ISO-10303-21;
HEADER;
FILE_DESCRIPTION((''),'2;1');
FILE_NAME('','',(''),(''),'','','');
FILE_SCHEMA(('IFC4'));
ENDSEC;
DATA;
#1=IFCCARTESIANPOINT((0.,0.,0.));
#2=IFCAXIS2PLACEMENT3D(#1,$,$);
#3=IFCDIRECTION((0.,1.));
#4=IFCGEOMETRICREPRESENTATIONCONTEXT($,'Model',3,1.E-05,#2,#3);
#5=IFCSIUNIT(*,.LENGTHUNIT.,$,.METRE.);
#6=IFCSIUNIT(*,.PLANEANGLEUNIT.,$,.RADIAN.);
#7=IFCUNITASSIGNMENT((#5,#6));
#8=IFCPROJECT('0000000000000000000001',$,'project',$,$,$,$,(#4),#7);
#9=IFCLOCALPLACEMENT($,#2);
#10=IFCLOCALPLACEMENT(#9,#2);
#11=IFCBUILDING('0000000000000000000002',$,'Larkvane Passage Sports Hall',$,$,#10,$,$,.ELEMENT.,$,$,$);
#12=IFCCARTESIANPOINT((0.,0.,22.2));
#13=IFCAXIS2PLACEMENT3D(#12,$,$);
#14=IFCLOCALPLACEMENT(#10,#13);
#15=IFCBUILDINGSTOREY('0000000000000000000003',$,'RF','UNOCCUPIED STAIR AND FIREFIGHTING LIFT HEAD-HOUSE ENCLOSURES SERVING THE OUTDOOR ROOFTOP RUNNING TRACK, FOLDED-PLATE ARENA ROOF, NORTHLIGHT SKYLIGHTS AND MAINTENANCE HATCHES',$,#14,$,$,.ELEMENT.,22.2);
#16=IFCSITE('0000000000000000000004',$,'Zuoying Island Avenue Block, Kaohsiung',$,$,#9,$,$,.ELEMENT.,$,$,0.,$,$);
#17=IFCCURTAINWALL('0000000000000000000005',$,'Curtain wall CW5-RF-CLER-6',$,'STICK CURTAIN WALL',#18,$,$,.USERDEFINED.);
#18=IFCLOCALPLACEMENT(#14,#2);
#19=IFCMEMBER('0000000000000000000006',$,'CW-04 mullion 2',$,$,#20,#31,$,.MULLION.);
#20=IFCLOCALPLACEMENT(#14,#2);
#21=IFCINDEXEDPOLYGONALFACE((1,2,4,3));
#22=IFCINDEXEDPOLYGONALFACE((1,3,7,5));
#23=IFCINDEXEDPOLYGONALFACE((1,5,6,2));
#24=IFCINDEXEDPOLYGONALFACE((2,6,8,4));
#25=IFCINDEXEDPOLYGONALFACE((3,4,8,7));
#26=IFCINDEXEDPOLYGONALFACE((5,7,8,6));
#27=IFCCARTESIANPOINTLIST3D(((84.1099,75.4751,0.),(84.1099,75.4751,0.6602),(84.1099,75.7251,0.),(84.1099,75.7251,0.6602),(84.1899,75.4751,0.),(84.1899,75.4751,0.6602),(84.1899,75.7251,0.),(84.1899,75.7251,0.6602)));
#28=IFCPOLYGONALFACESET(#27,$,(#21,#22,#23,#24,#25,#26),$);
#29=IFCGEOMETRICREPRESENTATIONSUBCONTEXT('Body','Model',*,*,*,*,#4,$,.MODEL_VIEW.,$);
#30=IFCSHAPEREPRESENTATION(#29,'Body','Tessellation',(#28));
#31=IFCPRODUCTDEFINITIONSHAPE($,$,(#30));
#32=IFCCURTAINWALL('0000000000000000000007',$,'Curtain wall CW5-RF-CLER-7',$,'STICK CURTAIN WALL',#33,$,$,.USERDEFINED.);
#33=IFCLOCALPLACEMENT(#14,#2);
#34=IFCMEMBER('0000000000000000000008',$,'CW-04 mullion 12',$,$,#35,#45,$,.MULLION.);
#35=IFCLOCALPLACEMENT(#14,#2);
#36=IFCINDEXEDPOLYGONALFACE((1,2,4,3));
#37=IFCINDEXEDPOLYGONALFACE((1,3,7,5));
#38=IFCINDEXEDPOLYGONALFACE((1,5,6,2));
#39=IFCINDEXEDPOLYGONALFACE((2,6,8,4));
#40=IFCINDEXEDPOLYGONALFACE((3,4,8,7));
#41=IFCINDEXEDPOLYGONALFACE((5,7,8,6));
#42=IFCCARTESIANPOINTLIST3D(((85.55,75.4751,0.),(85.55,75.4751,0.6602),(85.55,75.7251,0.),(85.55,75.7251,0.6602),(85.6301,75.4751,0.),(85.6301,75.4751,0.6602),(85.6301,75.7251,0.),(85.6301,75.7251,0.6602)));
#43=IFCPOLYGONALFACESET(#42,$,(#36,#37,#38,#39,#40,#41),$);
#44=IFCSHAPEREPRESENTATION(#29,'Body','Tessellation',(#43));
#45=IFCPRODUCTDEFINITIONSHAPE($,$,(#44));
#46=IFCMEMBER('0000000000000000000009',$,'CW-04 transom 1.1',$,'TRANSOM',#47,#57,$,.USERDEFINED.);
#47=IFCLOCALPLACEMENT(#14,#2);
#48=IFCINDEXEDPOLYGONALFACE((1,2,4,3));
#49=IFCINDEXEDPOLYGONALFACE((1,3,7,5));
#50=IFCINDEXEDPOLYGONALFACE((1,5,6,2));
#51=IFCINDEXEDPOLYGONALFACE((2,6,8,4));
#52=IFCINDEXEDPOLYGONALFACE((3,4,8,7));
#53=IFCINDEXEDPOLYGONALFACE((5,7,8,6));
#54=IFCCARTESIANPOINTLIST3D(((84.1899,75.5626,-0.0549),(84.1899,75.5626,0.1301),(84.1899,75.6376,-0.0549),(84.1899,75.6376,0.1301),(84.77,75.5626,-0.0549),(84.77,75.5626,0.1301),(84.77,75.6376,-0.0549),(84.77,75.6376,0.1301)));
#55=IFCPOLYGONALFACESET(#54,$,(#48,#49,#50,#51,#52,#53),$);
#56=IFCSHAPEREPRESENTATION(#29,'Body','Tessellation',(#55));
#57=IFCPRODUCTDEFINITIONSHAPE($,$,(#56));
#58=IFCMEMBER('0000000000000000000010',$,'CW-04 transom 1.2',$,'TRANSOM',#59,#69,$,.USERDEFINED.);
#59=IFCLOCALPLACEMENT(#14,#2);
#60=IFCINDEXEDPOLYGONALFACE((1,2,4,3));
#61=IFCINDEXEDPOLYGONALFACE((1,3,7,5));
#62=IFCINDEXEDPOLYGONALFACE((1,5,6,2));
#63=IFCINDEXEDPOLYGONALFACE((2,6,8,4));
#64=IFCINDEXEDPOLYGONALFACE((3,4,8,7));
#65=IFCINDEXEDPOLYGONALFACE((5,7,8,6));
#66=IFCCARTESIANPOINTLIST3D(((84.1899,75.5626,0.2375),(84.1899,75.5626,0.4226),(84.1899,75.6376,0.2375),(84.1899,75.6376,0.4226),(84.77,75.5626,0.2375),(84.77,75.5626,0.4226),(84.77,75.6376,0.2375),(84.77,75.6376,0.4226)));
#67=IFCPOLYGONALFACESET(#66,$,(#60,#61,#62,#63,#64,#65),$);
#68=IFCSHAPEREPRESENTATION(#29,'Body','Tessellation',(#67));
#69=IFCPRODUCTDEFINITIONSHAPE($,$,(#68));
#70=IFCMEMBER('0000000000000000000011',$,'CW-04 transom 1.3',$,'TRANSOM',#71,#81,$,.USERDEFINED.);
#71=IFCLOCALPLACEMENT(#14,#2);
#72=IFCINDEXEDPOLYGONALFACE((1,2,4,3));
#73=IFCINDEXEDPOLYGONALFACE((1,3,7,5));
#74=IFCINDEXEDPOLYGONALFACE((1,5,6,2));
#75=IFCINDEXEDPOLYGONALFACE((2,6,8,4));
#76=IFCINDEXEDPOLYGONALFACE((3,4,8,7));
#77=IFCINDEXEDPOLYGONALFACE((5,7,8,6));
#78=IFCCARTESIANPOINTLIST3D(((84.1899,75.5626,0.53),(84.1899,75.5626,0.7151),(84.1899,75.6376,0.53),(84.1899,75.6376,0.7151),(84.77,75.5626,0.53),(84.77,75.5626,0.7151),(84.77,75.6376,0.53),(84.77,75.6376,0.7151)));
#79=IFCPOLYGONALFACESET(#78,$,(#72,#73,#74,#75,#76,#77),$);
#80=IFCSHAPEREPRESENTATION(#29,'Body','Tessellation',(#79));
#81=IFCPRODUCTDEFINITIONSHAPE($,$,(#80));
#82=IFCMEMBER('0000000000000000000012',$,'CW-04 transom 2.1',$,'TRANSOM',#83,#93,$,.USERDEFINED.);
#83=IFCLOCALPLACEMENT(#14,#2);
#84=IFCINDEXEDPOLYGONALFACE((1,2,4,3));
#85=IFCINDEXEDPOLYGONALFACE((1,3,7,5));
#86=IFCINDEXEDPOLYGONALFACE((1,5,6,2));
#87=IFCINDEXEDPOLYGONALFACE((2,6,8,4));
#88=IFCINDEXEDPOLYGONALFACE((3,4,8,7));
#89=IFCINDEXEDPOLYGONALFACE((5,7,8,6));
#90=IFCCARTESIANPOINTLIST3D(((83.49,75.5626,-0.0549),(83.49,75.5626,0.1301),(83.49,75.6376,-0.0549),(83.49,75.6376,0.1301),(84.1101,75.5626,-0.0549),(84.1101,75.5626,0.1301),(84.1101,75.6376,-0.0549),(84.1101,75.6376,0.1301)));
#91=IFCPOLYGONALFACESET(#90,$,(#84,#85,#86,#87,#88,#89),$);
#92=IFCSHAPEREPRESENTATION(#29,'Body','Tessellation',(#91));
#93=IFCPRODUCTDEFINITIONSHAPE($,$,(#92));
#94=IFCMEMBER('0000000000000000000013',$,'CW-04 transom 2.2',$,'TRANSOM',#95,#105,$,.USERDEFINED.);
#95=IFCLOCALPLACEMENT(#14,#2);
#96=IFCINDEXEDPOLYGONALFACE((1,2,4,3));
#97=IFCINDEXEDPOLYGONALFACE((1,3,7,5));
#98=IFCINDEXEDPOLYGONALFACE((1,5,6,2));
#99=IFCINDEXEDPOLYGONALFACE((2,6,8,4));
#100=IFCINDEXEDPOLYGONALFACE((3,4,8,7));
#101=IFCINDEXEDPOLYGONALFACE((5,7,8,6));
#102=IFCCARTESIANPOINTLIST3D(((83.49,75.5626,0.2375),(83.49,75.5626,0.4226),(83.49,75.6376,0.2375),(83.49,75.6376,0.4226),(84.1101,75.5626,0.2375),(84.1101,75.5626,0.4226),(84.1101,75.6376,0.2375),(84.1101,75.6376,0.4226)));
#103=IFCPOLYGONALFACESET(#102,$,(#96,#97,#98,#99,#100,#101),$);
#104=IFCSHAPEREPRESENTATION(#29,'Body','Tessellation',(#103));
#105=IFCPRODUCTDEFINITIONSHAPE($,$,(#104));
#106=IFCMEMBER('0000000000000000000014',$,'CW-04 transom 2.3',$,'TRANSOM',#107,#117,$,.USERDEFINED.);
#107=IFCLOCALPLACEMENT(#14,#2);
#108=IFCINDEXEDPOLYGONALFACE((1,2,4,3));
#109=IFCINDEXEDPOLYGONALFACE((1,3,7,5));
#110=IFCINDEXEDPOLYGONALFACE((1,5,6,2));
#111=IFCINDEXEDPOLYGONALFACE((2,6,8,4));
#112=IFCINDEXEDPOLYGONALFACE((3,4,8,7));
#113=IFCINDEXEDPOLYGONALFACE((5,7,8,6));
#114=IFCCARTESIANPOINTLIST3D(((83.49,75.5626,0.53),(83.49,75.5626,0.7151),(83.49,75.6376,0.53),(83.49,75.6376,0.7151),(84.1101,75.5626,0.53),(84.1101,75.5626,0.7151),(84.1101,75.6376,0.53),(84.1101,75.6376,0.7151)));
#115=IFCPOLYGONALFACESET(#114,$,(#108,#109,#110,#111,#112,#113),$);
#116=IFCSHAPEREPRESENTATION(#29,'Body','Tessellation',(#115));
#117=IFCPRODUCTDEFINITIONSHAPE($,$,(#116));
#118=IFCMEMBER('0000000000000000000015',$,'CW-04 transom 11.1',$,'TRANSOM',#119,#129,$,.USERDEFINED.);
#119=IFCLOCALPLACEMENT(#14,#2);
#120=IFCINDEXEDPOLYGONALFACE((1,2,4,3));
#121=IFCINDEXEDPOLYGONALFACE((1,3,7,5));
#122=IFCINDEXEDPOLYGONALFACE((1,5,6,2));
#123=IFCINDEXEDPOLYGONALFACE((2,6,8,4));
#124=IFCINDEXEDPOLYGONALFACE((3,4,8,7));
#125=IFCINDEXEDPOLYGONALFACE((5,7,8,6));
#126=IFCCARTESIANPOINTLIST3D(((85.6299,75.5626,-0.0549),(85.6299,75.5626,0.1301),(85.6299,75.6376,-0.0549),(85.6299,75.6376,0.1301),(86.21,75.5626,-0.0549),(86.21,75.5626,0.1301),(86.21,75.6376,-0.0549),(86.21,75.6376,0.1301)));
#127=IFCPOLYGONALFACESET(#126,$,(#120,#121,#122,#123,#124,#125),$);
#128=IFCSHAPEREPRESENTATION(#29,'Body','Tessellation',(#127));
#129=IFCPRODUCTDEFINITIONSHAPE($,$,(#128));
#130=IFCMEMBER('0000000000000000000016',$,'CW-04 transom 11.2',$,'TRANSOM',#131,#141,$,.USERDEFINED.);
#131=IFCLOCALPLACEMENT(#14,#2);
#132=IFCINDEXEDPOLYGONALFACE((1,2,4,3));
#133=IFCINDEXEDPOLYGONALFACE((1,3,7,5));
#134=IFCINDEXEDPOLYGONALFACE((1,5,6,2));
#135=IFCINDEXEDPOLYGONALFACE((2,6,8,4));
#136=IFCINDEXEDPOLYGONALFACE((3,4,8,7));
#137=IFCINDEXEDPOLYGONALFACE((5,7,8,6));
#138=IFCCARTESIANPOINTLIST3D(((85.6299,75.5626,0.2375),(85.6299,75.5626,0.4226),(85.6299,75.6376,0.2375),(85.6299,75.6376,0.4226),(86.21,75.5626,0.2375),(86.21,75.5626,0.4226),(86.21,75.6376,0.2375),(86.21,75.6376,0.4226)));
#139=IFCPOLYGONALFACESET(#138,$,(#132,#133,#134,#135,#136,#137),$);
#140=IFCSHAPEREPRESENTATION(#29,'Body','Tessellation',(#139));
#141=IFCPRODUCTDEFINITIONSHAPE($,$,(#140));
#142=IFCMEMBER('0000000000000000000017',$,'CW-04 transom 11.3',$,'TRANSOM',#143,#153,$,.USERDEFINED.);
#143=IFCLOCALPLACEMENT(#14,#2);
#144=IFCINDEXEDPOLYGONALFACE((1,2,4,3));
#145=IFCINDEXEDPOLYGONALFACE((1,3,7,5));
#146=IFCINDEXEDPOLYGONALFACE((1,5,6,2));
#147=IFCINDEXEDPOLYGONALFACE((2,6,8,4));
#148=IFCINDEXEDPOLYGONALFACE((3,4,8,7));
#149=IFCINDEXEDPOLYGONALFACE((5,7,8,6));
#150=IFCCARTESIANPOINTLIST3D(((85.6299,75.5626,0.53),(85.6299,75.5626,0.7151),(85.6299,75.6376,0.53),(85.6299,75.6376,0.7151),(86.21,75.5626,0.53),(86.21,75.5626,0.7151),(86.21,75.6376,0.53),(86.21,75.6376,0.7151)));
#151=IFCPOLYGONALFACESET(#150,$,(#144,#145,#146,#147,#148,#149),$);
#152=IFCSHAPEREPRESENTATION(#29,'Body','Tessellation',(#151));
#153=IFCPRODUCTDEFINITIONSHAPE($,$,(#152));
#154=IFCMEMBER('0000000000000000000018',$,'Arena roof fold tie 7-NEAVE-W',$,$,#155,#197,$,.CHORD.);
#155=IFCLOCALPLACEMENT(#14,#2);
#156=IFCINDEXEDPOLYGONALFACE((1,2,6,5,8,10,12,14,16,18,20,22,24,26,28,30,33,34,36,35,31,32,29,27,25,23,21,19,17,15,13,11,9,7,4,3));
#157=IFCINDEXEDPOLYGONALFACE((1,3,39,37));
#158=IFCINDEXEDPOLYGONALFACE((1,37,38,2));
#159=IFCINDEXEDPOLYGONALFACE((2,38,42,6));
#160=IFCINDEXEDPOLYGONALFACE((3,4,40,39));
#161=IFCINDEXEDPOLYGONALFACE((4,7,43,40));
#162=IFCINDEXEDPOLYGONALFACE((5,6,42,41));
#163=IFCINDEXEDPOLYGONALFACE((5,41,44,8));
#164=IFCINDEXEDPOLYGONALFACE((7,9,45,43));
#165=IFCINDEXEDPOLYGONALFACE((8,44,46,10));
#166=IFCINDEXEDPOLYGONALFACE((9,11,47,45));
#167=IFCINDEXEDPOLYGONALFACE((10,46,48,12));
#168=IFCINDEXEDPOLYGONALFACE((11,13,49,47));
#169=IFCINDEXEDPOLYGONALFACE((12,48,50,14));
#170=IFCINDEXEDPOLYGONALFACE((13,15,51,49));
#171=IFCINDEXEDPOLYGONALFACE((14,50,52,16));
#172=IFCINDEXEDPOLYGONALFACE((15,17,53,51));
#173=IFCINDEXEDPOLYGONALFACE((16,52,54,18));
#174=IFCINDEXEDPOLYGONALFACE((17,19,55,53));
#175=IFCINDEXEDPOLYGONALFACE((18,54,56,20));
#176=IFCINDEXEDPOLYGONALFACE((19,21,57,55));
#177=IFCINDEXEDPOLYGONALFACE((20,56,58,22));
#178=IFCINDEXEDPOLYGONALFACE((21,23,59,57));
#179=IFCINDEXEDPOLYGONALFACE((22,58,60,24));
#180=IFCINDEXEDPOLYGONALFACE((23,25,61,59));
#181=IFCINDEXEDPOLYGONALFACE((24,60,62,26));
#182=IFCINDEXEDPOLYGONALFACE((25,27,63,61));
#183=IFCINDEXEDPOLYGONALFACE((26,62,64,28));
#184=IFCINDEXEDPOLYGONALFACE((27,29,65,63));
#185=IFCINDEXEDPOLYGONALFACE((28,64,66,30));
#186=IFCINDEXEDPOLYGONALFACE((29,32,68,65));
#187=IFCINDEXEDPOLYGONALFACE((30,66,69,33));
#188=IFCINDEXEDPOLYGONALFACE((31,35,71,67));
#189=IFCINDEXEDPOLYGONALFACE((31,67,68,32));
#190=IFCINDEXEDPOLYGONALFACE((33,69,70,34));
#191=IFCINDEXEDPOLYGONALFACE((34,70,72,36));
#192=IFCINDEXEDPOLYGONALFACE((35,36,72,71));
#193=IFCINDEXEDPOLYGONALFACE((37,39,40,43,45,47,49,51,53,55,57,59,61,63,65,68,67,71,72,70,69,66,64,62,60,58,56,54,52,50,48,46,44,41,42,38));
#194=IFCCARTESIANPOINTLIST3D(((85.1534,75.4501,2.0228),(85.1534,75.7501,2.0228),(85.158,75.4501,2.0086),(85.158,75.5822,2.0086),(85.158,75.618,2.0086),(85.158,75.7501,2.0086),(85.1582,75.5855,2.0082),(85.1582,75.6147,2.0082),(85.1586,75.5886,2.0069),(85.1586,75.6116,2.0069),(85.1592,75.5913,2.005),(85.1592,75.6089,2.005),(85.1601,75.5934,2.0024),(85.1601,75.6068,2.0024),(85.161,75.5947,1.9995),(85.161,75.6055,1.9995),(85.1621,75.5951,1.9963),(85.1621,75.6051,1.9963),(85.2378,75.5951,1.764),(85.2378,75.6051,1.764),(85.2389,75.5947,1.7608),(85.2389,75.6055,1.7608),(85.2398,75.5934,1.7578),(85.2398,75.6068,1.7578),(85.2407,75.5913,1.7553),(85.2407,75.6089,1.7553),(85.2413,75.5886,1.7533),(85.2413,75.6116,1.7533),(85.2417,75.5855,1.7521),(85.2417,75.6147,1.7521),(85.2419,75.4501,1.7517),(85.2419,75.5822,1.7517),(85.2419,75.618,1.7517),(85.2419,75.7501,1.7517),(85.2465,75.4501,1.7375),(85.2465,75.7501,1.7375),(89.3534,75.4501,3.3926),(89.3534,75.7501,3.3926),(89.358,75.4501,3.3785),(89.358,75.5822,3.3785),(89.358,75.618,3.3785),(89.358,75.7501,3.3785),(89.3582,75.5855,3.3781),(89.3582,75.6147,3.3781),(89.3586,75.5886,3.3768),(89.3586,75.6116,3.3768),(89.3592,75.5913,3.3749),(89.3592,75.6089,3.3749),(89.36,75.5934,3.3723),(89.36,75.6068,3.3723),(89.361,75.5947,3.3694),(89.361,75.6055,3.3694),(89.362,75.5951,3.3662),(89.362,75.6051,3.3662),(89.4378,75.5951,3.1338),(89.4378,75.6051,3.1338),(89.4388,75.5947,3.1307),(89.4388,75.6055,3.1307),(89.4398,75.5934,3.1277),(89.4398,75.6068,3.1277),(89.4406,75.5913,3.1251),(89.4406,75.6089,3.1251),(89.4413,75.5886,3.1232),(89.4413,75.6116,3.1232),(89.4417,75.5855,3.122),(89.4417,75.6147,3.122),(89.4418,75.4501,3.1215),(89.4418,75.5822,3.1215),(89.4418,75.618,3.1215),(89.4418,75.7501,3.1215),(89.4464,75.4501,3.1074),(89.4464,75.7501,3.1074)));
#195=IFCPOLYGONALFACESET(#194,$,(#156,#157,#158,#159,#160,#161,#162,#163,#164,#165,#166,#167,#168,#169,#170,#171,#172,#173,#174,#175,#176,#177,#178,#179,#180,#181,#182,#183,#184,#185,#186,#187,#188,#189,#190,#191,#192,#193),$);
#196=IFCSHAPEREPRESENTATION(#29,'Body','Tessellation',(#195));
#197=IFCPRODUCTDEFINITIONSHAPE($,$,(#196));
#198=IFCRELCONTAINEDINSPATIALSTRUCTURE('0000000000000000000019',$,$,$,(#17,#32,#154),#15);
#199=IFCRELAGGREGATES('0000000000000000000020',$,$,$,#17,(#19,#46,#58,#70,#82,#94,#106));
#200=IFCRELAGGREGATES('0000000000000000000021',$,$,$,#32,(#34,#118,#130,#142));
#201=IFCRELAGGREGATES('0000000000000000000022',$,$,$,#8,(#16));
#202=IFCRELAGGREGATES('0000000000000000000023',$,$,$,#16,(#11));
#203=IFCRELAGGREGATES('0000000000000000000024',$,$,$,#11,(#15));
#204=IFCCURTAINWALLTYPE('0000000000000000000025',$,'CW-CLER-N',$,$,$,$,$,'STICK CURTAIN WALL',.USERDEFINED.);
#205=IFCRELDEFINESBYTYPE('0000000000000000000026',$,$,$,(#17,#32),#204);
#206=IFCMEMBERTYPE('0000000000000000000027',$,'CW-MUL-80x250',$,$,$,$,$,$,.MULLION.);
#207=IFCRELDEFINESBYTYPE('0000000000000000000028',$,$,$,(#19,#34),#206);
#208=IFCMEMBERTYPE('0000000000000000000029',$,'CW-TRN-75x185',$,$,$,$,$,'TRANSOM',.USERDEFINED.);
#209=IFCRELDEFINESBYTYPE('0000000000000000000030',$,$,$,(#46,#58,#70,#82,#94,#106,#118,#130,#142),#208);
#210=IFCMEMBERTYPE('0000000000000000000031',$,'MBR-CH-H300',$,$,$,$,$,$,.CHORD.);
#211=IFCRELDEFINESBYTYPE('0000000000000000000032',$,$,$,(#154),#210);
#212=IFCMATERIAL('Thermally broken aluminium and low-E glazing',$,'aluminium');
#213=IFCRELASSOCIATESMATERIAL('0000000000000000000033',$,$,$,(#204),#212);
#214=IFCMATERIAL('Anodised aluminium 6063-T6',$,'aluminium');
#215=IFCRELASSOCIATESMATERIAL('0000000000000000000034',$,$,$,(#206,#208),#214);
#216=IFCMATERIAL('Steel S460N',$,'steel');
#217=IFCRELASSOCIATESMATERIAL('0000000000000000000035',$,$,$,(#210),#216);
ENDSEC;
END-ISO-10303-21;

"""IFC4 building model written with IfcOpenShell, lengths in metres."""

from ifc_helpers import new_model, si_unit, direction, frame, origin, origin_2d, place, context, subcontext, project, spatial, rectangle, i_section, extrude, material, material_profile, profile_set, type_object, element, aggregate, save


model = new_model("IFC4")

# Units and contexts
model_context = context("Model", 3, precision=1e-05, world=origin(), true_north=direction((0.0, 1.0)))
body_context = subcontext(model_context, "Body", "Model", "MODEL_VIEW")
ifc_project = project(units=[si_unit("LENGTHUNIT", "METRE"), si_unit("PLANEANGLEUNIT", "RADIAN")], contexts=[model_context])

# Site, building, storey
site_placement = place(None, origin())
site = spatial("IfcSite", under=ifc_project, at=site_placement, Name="Zuoying Island Avenue Block, Kaohsiung", CompositionType="ELEMENT", RefElevation=0.0)
building_placement = place(site_placement, origin())
building = spatial("IfcBuilding", under=site, at=building_placement, Name="Larkvane Passage Sports Hall", CompositionType="ELEMENT")
storey_placement = place(building_placement, frame((0.0, 0.0, 22.2)))
storey = spatial("IfcBuildingStorey", under=building, at=storey_placement, Name="RF", Description="UNOCCUPIED STAIR AND FIREFIGHTING LIFT HEAD-HOUSE ENCLOSURES SERVING THE OUTDOOR ROOFTOP RUNNING TRACK, FOLDED-PLATE ARENA ROOF, NORTHLIGHT SKYLIGHTS AND MAINTENANCE HATCHES", CompositionType="ELEMENT", Elevation=22.2)

# Shared definitions
ifc_material_1 = material(Name="Steel S460N", Category="steel")

# Curtain wall, member
ifc_material_2 = material(Name="Thermally broken aluminium and low-E glazing", Category="aluminium")
curtain_wall_type = type_object("IfcCurtainWallType", Name="CW-CLER-N", ElementType="STICK CURTAIN WALL", PredefinedType="USERDEFINED", material=ifc_material_2)
curtain_wall_1_placement = place(storey_placement, origin())
curtain_wall_1 = element("IfcCurtainWall", 1, at=curtain_wall_1_placement, inside=storey, type_object=curtain_wall_type, Name="Curtain wall CW5-RF-CLER-6", ObjectType="STICK CURTAIN WALL", PredefinedType="USERDEFINED")
ifc_material_3 = material(Name="Anodised aluminium 6063-T6", Category="aluminium")
ifc_material_profile_1 = material_profile(ifc_material_3, rectangle(XDim=0.0801, YDim=0.25, at=origin_2d()), Name="ALU-MUL-80x250")
ifc_profile_set_1 = profile_set([ifc_material_profile_1], Name="Anodised aluminium 6063-T6")
member_type_1 = type_object("IfcMemberType", Name="CW-MUL-80x250", PredefinedType="MULLION", material=ifc_profile_set_1)
member_1_placement = place(storey_placement, frame((84.1499, 75.6001, 0.0), z_axis=(0.0, 0.0, 1.0), x_axis=(-1.0, 0.0, 0.0)))
member_1 = element("IfcMember", 2, at=member_1_placement, type_object=member_type_1, Name="CW-04 mullion 2", PredefinedType="MULLION", context=body_context, shape_type="SweptSolid", body=[
    extrude(rectangle(XDim=0.0801, YDim=0.25, at=origin_2d()), origin(), (0.0, 0.0, 1.0), 0.6602),
])

# Curtain wall, member
curtain_wall_2_placement = place(storey_placement, origin())
curtain_wall_2 = element("IfcCurtainWall", 3, at=curtain_wall_2_placement, inside=storey, type_object=curtain_wall_type, Name="Curtain wall CW5-RF-CLER-7", ObjectType="STICK CURTAIN WALL", PredefinedType="USERDEFINED")
member_2_placement = place(storey_placement, frame((85.5901, 75.6001, 0.0), z_axis=(0.0, 0.0, 1.0), x_axis=(-1.0, 0.0, 0.0)))
member_2 = element("IfcMember", 4, at=member_2_placement, type_object=member_type_1, Name="CW-04 mullion 12", PredefinedType="MULLION", context=body_context, shape_type="SweptSolid", body=[
    extrude(rectangle(XDim=0.0801, YDim=0.25, at=origin_2d()), origin(), (0.0, 0.0, 1.0), 0.6602),
])

# Members
ifc_material_profile_2 = material_profile(ifc_material_3, rectangle(XDim=0.075, YDim=0.1851, at=origin_2d()), Name="ALU-TRN-75x185")
ifc_profile_set_2 = profile_set([ifc_material_profile_2], Name="Anodised aluminium 6063-T6")
member_type_2 = type_object("IfcMemberType", Name="CW-TRN-75x185", ElementType="TRANSOM", PredefinedType="USERDEFINED", material=ifc_profile_set_2)
member_3_placement = place(storey_placement, frame((84.77, 75.6001, 0.0376), z_axis=(-1.0, 0.0, 0.0), x_axis=(0.0, -1.0, 0.0)))
member_3 = element("IfcMember", 5, at=member_3_placement, type_object=member_type_2, Name="CW-04 transom 1.1", ObjectType="TRANSOM", PredefinedType="USERDEFINED", context=body_context, shape_type="SweptSolid", body=[
    extrude(rectangle(XDim=0.075, YDim=0.1851, at=origin_2d()), origin(), (0.0, 0.0, 1.0), 0.5801),
])
member_4_placement = place(storey_placement, frame((84.77, 75.6001, 0.3301), z_axis=(-1.0, 0.0, 0.0), x_axis=(0.0, -1.0, 0.0)))
member_4 = element("IfcMember", 6, at=member_4_placement, type_object=member_type_2, Name="CW-04 transom 1.2", ObjectType="TRANSOM", PredefinedType="USERDEFINED", context=body_context, shape_type="SweptSolid", body=[
    extrude(rectangle(XDim=0.075, YDim=0.1851, at=origin_2d()), origin(), (0.0, 0.0, 1.0), 0.5801),
])
member_5_placement = place(storey_placement, frame((84.77, 75.6001, 0.6226), z_axis=(-1.0, 0.0, 0.0), x_axis=(0.0, -1.0, 0.0)))
member_5 = element("IfcMember", 7, at=member_5_placement, type_object=member_type_2, Name="CW-04 transom 1.3", ObjectType="TRANSOM", PredefinedType="USERDEFINED", context=body_context, shape_type="SweptSolid", body=[
    extrude(rectangle(XDim=0.075, YDim=0.1851, at=origin_2d()), origin(), (0.0, 0.0, 1.0), 0.5801),
])
member_6_placement = place(storey_placement, frame((84.1101, 75.6001, 0.0376), z_axis=(-1.0, 0.0, 0.0), x_axis=(0.0, -1.0, 0.0)))
member_6 = element("IfcMember", 8, at=member_6_placement, type_object=member_type_2, Name="CW-04 transom 2.1", ObjectType="TRANSOM", PredefinedType="USERDEFINED", context=body_context, shape_type="SweptSolid", body=[
    extrude(rectangle(XDim=0.075, YDim=0.1851, at=origin_2d()), origin(), (0.0, 0.0, 1.0), 0.6201),
])
member_7_placement = place(storey_placement, frame((84.1101, 75.6001, 0.3301), z_axis=(-1.0, 0.0, 0.0), x_axis=(0.0, -1.0, 0.0)))
member_7 = element("IfcMember", 9, at=member_7_placement, type_object=member_type_2, Name="CW-04 transom 2.2", ObjectType="TRANSOM", PredefinedType="USERDEFINED", context=body_context, shape_type="SweptSolid", body=[
    extrude(rectangle(XDim=0.075, YDim=0.1851, at=origin_2d()), origin(), (0.0, 0.0, 1.0), 0.6201),
])
member_8_placement = place(storey_placement, frame((84.1101, 75.6001, 0.6226), z_axis=(-1.0, 0.0, 0.0), x_axis=(0.0, -1.0, 0.0)))
member_8 = element("IfcMember", 10, at=member_8_placement, type_object=member_type_2, Name="CW-04 transom 2.3", ObjectType="TRANSOM", PredefinedType="USERDEFINED", context=body_context, shape_type="SweptSolid", body=[
    extrude(rectangle(XDim=0.075, YDim=0.1851, at=origin_2d()), origin(), (0.0, 0.0, 1.0), 0.6201),
])
member_9_placement = place(storey_placement, frame((86.21, 75.6001, 0.0376), z_axis=(-1.0, 0.0, 0.0), x_axis=(0.0, -1.0, 0.0)))
member_9 = element("IfcMember", 11, at=member_9_placement, type_object=member_type_2, Name="CW-04 transom 11.1", ObjectType="TRANSOM", PredefinedType="USERDEFINED", context=body_context, shape_type="SweptSolid", body=[
    extrude(rectangle(XDim=0.075, YDim=0.1851, at=origin_2d()), origin(), (0.0, 0.0, 1.0), 0.5801),
])
member_10_placement = place(storey_placement, frame((86.21, 75.6001, 0.3301), z_axis=(-1.0, 0.0, 0.0), x_axis=(0.0, -1.0, 0.0)))
member_10 = element("IfcMember", 12, at=member_10_placement, type_object=member_type_2, Name="CW-04 transom 11.2", ObjectType="TRANSOM", PredefinedType="USERDEFINED", context=body_context, shape_type="SweptSolid", body=[
    extrude(rectangle(XDim=0.075, YDim=0.1851, at=origin_2d()), origin(), (0.0, 0.0, 1.0), 0.5801),
])
member_11_placement = place(storey_placement, frame((86.21, 75.6001, 0.6226), z_axis=(-1.0, 0.0, 0.0), x_axis=(0.0, -1.0, 0.0)))
member_11 = element("IfcMember", 13, at=member_11_placement, type_object=member_type_2, Name="CW-04 transom 11.3", ObjectType="TRANSOM", PredefinedType="USERDEFINED", context=body_context, shape_type="SweptSolid", body=[
    extrude(rectangle(XDim=0.075, YDim=0.1851, at=origin_2d()), origin(), (0.0, 0.0, 1.0), 0.5801),
])
ifc_material_profile_3 = material_profile(ifc_material_1, i_section(OverallWidth=0.3, OverallDepth=0.3, WebThickness=0.01, FlangeThickness=0.0149, FilletRadius=0.0129, at=origin_2d()), Name="H-300x300x10x15")
ifc_profile_set_3 = profile_set([ifc_material_profile_3], Name="Steel S460N")
member_type_3 = type_object("IfcMemberType", Name="MBR-CH-H300", PredefinedType="CHORD", material=ifc_profile_set_3)
member_12_placement = place(storey_placement, frame((85.2, 75.6001, 1.8801), z_axis=(0.950708, 0.0, 0.310087), x_axis=(0.0, 1.0, 0.0)))
element("IfcMember", 14, at=member_12_placement, inside=storey, type_object=member_type_3, Name="Arena roof fold tie 7-NEAVE-W", PredefinedType="CHORD", context=body_context, shape_type="SweptSolid", body=[
    extrude(i_section(OverallWidth=0.3, OverallDepth=0.3, WebThickness=0.01, FlangeThickness=0.0149, FilletRadius=0.0129, at=origin_2d()), origin(), (0.0, 0.0, 1.0), 4.4177),
])

aggregate(curtain_wall_1, [member_1, member_3, member_4, member_5, member_6, member_7, member_8])
aggregate(curtain_wall_2, [member_2, member_9, member_10, member_11])

save(model, "model.ifc")
